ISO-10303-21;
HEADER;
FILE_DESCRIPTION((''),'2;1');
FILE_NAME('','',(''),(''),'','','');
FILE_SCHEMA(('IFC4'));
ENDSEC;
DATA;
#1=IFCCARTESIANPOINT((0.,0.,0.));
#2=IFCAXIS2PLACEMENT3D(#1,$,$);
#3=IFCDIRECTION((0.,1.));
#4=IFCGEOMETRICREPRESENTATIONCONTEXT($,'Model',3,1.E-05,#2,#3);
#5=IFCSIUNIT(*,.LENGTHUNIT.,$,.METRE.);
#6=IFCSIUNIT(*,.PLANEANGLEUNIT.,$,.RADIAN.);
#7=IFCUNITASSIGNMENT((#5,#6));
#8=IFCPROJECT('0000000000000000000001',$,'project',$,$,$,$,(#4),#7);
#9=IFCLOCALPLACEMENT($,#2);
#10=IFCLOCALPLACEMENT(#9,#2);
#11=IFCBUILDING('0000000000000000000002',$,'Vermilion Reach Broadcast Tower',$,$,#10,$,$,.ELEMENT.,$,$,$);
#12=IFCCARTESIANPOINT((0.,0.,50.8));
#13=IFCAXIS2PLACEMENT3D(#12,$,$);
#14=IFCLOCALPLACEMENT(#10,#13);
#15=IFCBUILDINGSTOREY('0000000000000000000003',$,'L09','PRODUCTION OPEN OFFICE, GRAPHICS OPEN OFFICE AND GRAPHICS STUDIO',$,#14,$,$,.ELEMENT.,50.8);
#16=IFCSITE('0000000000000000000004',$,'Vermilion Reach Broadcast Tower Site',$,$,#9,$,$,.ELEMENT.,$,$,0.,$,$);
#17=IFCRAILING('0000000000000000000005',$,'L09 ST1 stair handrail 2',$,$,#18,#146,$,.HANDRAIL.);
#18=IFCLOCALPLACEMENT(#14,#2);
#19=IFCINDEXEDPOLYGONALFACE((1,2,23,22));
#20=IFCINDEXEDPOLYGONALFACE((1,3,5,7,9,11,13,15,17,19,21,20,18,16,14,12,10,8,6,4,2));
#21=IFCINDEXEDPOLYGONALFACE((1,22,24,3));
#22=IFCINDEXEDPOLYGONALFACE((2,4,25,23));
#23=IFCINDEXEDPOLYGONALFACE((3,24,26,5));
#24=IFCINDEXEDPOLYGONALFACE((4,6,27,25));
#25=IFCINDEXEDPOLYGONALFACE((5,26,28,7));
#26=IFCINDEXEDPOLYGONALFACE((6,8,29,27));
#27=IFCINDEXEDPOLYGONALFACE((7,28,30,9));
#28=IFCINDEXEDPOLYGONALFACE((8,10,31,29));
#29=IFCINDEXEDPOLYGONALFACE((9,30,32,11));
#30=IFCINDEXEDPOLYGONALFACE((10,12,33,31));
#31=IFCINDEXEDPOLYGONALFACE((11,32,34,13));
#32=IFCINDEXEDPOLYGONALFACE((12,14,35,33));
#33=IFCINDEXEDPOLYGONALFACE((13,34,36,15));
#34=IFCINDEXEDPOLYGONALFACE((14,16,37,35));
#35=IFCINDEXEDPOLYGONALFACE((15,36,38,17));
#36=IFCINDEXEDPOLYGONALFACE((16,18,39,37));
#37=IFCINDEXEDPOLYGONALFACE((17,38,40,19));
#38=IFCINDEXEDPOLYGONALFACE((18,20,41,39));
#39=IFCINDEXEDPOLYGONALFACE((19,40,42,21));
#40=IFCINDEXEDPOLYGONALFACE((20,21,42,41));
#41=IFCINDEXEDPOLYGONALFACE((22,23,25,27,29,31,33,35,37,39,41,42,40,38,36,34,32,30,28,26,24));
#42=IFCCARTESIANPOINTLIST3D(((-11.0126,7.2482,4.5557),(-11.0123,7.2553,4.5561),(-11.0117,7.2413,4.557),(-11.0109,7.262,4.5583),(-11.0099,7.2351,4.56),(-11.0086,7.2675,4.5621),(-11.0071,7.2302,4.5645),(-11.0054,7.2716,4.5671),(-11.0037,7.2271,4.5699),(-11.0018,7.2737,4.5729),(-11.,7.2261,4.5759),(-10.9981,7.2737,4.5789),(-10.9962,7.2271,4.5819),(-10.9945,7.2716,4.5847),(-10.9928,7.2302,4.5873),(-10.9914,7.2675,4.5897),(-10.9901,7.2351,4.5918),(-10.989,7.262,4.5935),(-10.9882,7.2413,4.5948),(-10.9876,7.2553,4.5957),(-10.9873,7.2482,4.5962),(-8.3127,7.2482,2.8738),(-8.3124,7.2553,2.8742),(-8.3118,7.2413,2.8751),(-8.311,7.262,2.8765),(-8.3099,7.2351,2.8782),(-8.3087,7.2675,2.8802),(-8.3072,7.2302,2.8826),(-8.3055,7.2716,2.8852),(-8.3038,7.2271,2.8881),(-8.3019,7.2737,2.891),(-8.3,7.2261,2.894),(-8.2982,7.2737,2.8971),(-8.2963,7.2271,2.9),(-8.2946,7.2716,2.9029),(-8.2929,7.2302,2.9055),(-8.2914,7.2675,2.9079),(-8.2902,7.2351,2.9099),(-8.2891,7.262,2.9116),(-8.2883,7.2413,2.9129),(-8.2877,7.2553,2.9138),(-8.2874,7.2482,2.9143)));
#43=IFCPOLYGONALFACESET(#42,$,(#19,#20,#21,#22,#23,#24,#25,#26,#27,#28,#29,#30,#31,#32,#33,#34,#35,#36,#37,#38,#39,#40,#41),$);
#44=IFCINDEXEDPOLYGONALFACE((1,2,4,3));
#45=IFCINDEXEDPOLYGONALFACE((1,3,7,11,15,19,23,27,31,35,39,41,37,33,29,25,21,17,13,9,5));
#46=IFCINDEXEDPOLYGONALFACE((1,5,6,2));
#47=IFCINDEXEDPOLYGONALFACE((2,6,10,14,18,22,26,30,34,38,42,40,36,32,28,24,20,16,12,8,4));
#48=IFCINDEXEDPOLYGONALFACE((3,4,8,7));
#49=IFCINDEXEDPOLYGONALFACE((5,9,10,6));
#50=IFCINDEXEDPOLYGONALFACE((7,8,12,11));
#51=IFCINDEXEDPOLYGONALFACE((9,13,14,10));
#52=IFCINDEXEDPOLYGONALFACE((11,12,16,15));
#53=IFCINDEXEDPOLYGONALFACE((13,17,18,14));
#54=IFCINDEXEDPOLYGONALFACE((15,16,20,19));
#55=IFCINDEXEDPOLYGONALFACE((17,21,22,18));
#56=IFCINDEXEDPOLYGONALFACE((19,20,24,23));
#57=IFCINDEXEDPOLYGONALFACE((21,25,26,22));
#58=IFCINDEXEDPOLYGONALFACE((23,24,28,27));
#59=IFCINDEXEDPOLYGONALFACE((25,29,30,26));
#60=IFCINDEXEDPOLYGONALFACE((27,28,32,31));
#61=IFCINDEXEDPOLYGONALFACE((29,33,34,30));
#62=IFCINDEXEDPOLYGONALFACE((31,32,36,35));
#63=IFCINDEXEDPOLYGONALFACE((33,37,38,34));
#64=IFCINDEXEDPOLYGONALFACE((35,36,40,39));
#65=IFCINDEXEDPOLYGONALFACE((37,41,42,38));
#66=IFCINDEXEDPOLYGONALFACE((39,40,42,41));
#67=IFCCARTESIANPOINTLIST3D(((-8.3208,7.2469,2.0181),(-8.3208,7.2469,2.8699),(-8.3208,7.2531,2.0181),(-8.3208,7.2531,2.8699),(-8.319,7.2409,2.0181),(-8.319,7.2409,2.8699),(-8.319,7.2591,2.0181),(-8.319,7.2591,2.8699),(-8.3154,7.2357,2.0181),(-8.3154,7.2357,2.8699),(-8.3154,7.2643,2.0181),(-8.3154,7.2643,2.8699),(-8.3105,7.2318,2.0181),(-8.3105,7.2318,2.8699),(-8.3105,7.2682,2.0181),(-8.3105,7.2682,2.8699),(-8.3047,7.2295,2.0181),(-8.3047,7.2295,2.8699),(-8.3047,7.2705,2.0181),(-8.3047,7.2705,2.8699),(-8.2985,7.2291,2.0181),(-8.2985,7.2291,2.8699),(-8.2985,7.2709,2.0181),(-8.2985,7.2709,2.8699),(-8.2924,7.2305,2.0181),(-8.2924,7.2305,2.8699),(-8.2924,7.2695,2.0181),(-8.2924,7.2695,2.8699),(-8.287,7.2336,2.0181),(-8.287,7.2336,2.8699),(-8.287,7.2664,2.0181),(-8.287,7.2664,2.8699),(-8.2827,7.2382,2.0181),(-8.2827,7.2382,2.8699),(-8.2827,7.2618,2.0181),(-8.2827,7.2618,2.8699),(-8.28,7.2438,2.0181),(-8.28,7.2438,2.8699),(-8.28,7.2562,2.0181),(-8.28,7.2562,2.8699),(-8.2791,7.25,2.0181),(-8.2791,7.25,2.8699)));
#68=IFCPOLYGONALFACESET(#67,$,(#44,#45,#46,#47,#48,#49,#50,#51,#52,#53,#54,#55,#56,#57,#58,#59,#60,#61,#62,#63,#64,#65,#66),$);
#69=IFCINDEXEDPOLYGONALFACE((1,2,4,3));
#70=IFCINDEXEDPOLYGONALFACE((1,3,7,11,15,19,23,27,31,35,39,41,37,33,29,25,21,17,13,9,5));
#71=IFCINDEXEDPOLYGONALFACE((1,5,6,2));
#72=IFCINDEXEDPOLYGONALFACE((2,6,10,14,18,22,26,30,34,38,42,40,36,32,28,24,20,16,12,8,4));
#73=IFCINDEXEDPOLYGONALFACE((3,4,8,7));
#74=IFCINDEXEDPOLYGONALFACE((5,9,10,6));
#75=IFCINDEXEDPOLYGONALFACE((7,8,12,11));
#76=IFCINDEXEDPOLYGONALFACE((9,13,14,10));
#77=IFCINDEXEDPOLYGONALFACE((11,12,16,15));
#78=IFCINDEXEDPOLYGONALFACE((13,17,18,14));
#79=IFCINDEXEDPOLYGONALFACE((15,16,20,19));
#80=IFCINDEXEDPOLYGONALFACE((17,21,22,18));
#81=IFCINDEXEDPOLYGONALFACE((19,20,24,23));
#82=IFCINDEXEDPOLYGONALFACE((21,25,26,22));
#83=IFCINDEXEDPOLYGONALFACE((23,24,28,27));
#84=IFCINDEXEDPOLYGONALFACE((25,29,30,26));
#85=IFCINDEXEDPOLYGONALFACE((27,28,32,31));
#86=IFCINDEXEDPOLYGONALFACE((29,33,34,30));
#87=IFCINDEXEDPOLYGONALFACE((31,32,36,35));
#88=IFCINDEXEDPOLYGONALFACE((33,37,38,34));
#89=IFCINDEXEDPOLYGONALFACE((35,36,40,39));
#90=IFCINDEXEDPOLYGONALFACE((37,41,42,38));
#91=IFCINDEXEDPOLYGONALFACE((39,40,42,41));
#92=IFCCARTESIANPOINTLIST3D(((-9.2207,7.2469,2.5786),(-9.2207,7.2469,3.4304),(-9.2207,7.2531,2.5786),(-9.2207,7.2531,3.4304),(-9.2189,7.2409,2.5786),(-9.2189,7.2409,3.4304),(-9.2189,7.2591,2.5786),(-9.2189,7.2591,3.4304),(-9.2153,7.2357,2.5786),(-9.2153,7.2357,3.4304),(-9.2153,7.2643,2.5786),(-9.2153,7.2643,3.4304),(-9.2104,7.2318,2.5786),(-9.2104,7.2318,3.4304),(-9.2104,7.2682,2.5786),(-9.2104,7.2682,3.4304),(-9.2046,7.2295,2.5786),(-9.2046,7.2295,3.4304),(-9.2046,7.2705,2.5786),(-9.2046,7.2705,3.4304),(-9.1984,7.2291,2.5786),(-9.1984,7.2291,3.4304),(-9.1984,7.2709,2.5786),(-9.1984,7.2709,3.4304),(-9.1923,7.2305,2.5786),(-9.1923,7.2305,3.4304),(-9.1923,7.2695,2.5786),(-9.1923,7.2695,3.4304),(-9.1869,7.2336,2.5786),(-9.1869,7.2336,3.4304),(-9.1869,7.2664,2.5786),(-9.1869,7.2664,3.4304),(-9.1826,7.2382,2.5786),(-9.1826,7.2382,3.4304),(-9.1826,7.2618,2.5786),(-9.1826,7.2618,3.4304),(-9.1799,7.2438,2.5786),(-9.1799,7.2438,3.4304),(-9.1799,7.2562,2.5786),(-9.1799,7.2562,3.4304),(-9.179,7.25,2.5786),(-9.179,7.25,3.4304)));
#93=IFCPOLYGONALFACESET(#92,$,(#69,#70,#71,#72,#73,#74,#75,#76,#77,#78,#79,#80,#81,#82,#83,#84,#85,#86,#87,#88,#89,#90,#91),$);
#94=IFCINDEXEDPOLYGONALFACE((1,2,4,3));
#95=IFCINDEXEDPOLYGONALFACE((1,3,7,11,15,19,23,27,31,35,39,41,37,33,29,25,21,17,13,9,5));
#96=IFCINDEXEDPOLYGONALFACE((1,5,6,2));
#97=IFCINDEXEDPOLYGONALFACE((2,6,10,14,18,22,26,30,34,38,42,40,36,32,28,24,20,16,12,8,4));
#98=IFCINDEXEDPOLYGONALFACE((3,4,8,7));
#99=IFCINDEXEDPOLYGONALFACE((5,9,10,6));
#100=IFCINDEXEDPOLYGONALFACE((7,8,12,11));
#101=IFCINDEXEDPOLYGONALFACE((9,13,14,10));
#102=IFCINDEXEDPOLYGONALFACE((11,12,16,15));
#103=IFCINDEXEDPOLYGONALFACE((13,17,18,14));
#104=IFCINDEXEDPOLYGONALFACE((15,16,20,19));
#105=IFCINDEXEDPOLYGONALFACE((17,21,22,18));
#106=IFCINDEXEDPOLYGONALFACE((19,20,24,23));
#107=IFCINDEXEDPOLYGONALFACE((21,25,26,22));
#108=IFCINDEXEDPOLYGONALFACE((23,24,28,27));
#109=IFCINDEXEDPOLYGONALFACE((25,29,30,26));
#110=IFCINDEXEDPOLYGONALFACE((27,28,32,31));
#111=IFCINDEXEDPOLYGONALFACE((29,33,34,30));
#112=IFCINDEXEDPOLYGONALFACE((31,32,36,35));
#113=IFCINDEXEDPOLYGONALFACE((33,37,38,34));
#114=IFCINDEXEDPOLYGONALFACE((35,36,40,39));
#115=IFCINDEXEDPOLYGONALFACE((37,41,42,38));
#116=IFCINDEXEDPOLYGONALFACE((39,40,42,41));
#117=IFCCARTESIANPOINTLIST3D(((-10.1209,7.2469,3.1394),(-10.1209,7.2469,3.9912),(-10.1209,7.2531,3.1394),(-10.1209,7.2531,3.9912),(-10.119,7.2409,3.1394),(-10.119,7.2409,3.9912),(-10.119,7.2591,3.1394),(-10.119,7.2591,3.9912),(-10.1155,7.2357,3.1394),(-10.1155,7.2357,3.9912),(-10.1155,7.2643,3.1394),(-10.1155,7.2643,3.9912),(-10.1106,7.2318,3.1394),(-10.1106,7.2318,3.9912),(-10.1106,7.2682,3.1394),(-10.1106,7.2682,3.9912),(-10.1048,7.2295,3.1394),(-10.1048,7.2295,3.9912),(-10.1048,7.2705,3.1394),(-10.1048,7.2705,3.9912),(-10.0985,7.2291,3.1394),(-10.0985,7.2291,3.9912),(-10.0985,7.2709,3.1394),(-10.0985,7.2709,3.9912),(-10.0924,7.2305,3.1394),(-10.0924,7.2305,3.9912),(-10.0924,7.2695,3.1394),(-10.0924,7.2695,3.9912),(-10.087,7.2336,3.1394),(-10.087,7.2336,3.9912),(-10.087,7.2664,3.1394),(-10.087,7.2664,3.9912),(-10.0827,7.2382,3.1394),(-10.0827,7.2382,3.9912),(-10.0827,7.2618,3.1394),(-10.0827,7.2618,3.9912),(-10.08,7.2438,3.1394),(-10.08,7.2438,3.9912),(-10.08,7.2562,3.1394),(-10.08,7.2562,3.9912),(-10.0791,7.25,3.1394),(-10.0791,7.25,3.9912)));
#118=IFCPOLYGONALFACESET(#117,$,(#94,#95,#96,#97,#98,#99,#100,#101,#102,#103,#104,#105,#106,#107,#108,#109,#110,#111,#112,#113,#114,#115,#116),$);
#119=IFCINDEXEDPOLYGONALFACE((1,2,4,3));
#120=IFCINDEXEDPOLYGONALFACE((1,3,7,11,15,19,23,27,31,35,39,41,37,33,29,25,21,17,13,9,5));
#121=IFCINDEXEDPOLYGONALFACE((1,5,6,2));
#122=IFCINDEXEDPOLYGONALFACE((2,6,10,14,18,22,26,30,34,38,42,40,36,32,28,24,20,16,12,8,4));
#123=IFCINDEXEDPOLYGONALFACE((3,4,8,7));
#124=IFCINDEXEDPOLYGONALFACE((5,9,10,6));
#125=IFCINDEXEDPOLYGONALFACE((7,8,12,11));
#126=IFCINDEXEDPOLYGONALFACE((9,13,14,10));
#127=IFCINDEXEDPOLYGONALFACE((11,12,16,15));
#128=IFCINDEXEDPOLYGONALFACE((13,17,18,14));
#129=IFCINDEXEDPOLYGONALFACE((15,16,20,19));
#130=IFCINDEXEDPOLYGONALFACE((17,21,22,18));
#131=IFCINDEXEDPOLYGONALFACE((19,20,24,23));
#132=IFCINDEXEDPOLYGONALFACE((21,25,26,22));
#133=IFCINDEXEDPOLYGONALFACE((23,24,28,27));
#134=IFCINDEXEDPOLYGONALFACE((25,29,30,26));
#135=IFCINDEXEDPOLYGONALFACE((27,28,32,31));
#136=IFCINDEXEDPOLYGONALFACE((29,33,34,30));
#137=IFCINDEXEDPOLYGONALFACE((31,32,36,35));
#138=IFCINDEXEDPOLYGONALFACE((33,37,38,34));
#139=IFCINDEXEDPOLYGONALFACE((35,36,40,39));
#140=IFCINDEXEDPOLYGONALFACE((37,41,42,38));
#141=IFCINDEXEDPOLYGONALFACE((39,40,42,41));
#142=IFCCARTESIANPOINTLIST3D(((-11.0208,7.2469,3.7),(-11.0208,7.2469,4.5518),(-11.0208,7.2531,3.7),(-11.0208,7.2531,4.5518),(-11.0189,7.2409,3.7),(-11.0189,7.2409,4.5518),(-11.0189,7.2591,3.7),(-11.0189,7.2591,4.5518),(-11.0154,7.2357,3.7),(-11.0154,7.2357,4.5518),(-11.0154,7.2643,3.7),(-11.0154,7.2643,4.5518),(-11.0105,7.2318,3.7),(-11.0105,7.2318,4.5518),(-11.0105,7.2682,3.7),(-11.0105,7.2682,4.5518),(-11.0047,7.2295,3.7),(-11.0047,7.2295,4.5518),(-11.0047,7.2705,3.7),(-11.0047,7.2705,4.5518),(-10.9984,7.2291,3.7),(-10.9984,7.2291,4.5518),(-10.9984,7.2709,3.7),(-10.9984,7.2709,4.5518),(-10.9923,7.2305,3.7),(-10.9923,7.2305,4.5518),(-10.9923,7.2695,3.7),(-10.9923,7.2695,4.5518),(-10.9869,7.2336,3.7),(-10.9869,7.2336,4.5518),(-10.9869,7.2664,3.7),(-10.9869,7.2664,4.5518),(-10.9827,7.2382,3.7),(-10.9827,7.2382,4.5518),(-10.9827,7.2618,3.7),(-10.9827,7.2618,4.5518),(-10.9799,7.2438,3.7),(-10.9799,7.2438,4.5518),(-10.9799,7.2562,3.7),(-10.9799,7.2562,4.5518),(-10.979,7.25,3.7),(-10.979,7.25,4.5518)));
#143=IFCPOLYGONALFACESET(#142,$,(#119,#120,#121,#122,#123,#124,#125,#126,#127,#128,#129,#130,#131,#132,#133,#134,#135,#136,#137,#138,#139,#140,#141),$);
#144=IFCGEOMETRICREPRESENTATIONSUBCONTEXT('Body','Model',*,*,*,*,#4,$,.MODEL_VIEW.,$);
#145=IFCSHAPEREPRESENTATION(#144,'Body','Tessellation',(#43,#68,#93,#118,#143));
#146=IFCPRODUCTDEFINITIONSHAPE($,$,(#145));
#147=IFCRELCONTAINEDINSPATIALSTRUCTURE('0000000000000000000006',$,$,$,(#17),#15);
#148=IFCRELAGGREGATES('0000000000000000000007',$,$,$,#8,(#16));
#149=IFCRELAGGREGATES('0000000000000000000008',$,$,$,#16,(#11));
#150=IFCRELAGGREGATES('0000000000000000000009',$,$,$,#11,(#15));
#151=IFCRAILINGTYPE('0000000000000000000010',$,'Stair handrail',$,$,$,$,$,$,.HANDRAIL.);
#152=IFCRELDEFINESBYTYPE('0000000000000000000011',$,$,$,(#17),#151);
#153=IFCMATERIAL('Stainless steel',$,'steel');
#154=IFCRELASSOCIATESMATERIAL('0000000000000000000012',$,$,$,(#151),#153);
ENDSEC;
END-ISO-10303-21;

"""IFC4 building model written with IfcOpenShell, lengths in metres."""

from ifc_helpers import new_model, si_unit, direction, frame, origin, origin_2d, place, context, subcontext, project, spatial, circle, extrude, material, type_object, element, save


model = new_model("IFC4")

# Units and contexts
model_context = context("Model", 3, precision=1e-05, world=origin(), true_north=direction((0.0, 1.0)))
body_context = subcontext(model_context, "Body", "Model", "MODEL_VIEW")
ifc_project = project(units=[si_unit("LENGTHUNIT", "METRE"), si_unit("PLANEANGLEUNIT", "RADIAN")], contexts=[model_context])

# Site, building, storey
site_placement = place(None, origin())
site = spatial("IfcSite", under=ifc_project, at=site_placement, Name="Vermilion Reach Broadcast Tower Site", CompositionType="ELEMENT", RefElevation=0.0)
building_placement = place(site_placement, origin())
building = spatial("IfcBuilding", under=site, at=building_placement, Name="Vermilion Reach Broadcast Tower", CompositionType="ELEMENT")
storey_placement = place(building_placement, frame((0.0, 0.0, 50.8)))
storey = spatial("IfcBuildingStorey", under=building, at=storey_placement, Name="L09", Description="PRODUCTION OPEN OFFICE, GRAPHICS OPEN OFFICE AND GRAPHICS STUDIO", CompositionType="ELEMENT", Elevation=50.8)

# Railing
ifc_material_1 = material(Name="Stainless steel", Category="steel")
railing_type_1 = type_object("IfcRailingType", Name="Stair handrail", PredefinedType="HANDRAIL", material=ifc_material_1)
railing_1_placement = place(storey_placement, frame((-8.3, 7.25, 2.0181)))
element("IfcRailing", 1, at=railing_1_placement, inside=storey, type_object=railing_type_1, Name="L09 ST1 stair handrail 2", PredefinedType="HANDRAIL", context=body_context, shape_type="SweptSolid", body=[
    extrude(circle(Radius=0.0239, at=origin_2d()), frame((0.0, 0.0, 0.876), z_axis=(-0.848786, 0.0, 0.528736), x_axis=(0.0, -1.0, 0.0)), (0.0, 0.0, 1.0), 3.1809),
    extrude(circle(Radius=0.021, at=origin_2d()), origin(), (0.0, 0.0, 1.0), 0.8518),
    extrude(circle(Radius=0.021, at=origin_2d()), frame((-0.8999, 0.0, 0.5605)), (0.0, 0.0, 1.0), 0.8518),
    extrude(circle(Radius=0.021, at=origin_2d()), frame((-1.8, 0.0, 1.1213)), (0.0, 0.0, 1.0), 0.8518),
    extrude(circle(Radius=0.021, at=origin_2d()), frame((-2.7, 0.0, 1.6819)), (0.0, 0.0, 1.0), 0.8518),
])

save(model, "model.ifc")
